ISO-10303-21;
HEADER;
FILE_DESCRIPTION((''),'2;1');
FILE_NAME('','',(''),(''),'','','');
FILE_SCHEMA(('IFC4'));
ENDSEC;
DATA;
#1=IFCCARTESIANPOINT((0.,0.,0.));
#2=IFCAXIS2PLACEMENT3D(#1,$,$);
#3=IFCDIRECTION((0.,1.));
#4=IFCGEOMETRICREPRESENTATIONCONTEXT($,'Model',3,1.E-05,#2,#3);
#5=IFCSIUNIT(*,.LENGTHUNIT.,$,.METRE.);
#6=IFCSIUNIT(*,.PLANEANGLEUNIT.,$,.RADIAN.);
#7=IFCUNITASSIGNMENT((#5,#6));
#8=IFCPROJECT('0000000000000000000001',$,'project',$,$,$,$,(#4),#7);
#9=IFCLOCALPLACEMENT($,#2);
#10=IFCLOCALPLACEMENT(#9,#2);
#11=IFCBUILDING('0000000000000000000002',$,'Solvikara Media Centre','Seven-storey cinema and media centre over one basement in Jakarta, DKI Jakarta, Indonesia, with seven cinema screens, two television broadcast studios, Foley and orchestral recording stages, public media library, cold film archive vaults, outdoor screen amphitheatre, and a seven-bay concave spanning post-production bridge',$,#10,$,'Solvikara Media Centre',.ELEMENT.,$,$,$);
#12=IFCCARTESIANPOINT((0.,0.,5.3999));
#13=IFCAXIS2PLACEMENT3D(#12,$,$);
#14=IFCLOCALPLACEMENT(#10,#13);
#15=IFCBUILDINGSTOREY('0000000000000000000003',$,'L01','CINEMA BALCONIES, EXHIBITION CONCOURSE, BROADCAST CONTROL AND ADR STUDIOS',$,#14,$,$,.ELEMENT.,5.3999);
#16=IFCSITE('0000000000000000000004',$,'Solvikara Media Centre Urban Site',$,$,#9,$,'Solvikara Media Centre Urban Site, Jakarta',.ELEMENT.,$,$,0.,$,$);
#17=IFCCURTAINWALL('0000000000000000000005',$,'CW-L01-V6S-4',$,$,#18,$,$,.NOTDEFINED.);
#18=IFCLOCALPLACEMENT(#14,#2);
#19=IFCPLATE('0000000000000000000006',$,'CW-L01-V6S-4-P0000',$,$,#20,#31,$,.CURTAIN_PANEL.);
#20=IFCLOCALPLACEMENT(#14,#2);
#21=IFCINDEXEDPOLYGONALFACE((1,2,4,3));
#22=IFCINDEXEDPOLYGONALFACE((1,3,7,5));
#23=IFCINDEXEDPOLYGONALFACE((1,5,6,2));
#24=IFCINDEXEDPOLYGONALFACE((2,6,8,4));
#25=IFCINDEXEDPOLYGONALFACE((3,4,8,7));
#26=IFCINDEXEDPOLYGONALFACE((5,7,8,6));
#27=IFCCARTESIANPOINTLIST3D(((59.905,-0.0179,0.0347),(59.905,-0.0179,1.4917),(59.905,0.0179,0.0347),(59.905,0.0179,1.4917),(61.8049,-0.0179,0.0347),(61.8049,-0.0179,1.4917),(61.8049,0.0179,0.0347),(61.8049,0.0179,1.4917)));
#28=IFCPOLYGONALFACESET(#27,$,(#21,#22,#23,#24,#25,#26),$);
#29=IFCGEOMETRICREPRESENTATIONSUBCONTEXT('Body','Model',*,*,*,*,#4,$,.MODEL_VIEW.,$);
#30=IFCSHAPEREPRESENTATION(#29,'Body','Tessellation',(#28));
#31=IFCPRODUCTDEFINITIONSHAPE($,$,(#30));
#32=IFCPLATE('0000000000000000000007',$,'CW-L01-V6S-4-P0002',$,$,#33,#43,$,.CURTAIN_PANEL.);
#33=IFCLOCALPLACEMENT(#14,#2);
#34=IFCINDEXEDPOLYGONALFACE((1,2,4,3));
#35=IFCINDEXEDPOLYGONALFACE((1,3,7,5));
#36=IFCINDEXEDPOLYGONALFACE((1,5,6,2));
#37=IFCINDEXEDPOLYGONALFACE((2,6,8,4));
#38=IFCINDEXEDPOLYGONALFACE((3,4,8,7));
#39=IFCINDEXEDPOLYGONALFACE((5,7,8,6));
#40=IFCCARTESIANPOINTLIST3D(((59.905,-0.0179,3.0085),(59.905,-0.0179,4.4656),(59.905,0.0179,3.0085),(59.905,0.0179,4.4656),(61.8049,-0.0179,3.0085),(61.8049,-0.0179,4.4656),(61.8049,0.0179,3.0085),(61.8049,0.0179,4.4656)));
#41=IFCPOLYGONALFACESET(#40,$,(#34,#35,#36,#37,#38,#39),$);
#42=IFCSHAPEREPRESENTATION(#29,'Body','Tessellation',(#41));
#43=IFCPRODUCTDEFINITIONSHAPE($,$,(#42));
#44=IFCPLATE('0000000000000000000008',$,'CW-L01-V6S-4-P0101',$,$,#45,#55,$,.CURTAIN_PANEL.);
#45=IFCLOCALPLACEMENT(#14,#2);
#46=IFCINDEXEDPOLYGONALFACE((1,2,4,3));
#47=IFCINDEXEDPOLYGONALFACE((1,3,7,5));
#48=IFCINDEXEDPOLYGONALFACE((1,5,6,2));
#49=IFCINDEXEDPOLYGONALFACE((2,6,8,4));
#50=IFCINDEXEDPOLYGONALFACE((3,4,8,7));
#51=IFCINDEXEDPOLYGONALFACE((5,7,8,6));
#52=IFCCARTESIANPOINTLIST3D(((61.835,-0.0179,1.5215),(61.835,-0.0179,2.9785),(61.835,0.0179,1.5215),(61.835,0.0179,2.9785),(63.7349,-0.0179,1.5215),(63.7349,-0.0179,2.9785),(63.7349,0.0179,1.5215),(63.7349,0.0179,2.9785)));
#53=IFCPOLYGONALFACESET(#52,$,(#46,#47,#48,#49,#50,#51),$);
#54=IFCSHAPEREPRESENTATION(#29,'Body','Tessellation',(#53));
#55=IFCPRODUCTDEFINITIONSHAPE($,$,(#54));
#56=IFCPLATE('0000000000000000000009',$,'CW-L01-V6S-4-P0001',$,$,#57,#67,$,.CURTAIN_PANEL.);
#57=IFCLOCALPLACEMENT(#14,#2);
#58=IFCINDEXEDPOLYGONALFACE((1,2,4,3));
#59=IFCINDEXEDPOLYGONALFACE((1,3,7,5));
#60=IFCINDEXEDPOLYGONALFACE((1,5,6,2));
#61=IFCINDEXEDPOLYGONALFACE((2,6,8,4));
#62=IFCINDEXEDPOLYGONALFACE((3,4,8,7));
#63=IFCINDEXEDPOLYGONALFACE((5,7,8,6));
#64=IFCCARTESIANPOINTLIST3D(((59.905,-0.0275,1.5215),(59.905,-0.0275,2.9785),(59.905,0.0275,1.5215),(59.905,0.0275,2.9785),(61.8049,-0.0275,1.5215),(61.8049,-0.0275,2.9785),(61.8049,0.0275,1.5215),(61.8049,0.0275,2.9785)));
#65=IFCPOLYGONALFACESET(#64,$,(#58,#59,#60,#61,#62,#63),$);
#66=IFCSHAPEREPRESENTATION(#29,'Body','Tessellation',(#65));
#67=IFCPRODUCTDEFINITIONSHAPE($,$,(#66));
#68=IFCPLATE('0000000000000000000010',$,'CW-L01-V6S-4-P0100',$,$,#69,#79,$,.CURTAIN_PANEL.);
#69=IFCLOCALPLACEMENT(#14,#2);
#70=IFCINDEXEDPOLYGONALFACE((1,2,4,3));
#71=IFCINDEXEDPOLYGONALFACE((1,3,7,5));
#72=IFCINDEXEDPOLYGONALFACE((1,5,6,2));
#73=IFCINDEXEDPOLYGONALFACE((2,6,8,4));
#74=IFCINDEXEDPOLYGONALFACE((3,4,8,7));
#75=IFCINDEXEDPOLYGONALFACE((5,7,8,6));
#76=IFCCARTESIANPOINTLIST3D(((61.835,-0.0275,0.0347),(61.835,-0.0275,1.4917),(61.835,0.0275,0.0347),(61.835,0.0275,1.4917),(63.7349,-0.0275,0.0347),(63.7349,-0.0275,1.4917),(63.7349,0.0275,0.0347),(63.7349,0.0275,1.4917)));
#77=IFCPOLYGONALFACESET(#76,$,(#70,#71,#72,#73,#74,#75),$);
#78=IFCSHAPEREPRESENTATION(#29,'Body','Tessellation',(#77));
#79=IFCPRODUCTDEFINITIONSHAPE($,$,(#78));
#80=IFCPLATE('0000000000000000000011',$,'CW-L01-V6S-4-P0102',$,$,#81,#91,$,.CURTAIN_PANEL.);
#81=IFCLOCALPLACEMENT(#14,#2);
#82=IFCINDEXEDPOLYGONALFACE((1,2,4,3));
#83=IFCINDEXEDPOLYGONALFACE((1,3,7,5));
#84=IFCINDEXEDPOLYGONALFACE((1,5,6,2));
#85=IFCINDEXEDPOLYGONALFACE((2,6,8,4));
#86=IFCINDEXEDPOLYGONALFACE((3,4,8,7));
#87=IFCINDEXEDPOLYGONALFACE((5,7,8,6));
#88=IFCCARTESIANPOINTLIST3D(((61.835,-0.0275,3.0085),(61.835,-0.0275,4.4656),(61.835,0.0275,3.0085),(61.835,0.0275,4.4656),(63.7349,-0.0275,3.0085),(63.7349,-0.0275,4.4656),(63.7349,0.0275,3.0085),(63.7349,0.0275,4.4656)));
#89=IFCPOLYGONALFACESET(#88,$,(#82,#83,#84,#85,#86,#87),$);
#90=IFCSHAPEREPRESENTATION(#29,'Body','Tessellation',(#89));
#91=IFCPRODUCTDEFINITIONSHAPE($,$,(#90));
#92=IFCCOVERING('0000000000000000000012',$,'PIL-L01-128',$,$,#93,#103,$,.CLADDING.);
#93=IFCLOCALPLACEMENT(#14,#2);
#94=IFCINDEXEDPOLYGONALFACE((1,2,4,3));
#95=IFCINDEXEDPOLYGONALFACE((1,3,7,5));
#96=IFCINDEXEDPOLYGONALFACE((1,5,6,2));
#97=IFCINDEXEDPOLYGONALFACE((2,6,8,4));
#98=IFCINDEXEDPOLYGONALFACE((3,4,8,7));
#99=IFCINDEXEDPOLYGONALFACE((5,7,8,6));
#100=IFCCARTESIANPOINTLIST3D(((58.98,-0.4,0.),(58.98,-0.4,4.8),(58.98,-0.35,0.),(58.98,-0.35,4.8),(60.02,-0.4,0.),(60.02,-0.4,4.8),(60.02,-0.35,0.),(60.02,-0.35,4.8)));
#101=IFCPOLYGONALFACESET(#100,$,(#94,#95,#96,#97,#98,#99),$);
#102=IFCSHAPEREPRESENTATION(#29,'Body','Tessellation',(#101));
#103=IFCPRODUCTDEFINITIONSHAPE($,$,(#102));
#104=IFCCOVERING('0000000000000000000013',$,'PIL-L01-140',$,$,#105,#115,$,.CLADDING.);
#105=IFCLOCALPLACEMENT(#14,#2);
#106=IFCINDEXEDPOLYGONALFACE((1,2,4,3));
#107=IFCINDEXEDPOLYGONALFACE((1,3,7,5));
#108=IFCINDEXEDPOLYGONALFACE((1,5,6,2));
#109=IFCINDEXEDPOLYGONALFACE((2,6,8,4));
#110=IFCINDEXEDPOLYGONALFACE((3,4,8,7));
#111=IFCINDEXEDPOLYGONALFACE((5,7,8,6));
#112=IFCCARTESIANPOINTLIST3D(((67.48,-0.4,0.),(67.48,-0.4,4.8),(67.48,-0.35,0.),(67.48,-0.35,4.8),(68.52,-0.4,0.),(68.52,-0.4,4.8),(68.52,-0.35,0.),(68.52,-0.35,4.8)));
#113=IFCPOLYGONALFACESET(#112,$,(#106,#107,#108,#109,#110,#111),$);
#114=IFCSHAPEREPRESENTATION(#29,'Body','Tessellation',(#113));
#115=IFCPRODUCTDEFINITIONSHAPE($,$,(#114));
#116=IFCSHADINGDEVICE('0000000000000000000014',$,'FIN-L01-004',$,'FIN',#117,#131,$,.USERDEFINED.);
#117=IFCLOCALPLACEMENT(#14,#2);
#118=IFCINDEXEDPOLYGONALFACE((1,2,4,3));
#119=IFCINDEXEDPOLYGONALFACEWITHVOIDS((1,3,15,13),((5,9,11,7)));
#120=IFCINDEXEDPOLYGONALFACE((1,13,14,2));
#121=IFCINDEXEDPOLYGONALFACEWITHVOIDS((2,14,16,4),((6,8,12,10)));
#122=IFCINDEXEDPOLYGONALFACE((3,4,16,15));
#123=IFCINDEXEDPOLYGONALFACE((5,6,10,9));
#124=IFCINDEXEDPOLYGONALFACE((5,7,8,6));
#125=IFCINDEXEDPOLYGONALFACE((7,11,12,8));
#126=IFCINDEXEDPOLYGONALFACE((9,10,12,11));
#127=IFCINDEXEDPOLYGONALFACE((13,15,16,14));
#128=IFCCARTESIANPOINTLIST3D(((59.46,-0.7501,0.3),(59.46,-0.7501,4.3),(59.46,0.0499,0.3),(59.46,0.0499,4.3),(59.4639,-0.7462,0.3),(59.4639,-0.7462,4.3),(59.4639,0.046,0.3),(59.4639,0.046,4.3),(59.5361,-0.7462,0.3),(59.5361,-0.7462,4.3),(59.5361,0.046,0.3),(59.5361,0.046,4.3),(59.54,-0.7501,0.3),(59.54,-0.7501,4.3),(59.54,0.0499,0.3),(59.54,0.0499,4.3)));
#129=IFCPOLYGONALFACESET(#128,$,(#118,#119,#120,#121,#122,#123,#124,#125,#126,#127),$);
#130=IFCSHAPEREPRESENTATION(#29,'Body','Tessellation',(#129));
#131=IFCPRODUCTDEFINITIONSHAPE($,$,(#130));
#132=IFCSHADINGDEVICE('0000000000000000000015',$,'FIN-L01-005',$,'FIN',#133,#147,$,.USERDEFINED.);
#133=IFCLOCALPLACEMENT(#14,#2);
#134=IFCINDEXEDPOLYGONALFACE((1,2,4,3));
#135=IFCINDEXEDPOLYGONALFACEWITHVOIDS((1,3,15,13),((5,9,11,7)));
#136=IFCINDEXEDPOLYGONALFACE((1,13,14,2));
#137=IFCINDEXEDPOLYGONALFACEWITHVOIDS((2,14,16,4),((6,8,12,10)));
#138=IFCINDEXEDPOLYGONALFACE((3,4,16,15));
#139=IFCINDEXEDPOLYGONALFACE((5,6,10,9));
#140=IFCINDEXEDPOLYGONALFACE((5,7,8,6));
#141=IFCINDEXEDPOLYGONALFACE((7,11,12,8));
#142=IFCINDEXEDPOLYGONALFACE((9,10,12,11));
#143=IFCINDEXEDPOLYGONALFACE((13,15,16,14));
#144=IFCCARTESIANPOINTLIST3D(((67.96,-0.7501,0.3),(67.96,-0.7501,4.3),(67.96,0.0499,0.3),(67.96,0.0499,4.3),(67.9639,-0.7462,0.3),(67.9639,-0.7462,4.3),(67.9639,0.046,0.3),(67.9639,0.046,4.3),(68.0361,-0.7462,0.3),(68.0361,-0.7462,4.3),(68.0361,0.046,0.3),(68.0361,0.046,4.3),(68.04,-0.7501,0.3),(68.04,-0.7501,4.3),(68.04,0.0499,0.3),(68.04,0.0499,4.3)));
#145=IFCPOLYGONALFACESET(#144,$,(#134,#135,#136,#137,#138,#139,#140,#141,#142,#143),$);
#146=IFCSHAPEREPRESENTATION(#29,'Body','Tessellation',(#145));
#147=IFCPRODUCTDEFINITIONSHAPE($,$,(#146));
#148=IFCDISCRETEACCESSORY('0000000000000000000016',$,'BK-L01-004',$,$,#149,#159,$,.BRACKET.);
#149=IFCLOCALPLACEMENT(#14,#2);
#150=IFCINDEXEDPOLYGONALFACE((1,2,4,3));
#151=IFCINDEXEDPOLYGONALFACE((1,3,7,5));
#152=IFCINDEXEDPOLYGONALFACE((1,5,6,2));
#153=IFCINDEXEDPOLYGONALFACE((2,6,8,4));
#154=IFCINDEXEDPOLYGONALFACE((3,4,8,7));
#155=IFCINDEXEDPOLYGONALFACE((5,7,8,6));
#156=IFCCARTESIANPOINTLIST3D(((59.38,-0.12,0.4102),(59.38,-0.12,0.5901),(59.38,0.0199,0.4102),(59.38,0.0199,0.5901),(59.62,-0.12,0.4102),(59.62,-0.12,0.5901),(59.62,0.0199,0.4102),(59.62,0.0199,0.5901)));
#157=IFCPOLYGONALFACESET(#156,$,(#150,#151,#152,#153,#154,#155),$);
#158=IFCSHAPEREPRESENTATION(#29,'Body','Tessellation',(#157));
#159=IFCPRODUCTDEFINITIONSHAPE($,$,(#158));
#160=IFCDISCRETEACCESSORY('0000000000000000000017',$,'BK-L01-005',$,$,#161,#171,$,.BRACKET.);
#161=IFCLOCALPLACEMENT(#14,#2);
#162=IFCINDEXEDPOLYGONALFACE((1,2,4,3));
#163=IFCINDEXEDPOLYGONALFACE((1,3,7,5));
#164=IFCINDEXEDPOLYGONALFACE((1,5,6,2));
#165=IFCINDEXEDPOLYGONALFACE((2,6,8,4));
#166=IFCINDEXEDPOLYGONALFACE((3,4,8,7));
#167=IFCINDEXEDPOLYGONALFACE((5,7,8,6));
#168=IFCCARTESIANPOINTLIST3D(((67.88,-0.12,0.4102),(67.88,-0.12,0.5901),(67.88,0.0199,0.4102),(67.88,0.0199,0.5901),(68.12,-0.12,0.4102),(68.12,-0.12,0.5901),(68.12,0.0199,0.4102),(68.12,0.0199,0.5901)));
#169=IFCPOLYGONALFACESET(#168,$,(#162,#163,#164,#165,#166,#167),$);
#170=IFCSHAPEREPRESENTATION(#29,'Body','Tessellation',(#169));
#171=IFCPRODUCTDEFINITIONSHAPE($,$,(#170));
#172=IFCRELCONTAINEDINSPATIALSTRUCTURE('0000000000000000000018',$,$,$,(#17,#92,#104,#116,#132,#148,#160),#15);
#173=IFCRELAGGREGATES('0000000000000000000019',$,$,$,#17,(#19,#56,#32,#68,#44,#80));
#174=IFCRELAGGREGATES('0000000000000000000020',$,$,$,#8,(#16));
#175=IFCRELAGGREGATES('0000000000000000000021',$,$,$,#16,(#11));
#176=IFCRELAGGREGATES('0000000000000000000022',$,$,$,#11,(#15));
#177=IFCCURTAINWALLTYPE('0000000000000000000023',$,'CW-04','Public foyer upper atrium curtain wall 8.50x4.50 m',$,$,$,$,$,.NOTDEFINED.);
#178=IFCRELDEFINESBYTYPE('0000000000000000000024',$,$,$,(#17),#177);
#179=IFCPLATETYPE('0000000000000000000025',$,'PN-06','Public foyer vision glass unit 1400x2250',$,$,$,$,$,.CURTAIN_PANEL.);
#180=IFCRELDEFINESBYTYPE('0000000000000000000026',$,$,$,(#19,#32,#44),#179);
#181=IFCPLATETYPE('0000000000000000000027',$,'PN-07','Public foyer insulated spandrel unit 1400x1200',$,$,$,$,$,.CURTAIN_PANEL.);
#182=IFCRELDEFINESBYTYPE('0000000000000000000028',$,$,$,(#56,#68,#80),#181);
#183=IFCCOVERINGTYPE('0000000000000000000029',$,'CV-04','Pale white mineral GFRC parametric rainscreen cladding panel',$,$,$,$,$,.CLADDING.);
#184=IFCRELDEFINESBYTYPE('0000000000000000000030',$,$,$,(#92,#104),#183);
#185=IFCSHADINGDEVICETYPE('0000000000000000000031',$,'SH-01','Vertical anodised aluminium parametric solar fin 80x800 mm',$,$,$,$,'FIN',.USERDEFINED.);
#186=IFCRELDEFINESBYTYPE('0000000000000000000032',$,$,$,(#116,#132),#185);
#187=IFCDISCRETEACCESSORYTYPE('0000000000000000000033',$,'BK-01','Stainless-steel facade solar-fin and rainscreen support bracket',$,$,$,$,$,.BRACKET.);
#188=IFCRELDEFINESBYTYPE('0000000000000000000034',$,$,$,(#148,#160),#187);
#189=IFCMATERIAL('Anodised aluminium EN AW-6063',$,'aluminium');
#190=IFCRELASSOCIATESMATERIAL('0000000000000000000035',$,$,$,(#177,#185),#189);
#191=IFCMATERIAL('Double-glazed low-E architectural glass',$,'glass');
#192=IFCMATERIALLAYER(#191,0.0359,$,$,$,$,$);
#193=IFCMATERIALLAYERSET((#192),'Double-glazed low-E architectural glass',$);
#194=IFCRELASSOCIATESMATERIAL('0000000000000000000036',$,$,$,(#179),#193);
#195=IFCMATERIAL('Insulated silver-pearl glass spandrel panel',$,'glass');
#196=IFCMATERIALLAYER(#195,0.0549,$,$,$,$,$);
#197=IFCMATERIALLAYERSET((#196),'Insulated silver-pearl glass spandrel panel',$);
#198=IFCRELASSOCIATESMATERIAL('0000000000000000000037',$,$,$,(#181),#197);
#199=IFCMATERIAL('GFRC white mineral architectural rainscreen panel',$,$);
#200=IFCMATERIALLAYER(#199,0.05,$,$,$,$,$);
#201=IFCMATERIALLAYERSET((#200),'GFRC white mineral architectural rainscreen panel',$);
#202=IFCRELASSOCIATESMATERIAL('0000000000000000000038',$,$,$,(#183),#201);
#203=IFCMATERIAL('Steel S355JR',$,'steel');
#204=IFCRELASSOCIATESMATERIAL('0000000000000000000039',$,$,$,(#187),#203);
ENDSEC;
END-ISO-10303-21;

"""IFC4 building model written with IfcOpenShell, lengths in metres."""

from ifc_helpers import new_model, si_unit, direction, frame, origin, origin_2d, place, context, subcontext, project, spatial, rectangle, hollow_rectangle, extrude, material, layer, layer_set, material_profile, profile_set, type_object, element, aggregate, save


model = new_model("IFC4")

# Units and contexts
model_context = context("Model", 3, precision=1e-05, world=origin(), true_north=direction((0.0, 1.0)))
body_context = subcontext(model_context, "Body", "Model", "MODEL_VIEW")
ifc_project = project(units=[si_unit("LENGTHUNIT", "METRE"), si_unit("PLANEANGLEUNIT", "RADIAN")], contexts=[model_context])

# Site, building, storey
site_placement = place(None, origin())
site = spatial("IfcSite", under=ifc_project, at=site_placement, Name="Solvikara Media Centre Urban Site", LongName="Solvikara Media Centre Urban Site, Jakarta", CompositionType="ELEMENT", RefElevation=0.0)
building_placement = place(site_placement, origin())
building = spatial("IfcBuilding", under=site, at=building_placement, Name="Solvikara Media Centre", Description="Seven-storey cinema and media centre over one basement in Jakarta, DKI Jakarta, Indonesia, with seven cinema screens, two television broadcast studios, Foley and orchestral recording stages, public media library, cold film archive vaults, outdoor screen amphitheatre, and a seven-bay concave spanning post-production bridge", LongName="Solvikara Media Centre", CompositionType="ELEMENT")
storey_placement = place(building_placement, frame((0.0, 0.0, 5.3999)))
storey = spatial("IfcBuildingStorey", under=building, at=storey_placement, Name="L01", Description="CINEMA BALCONIES, EXHIBITION CONCOURSE, BROADCAST CONTROL AND ADR STUDIOS", CompositionType="ELEMENT", Elevation=5.3999)

# Shared definitions
ifc_material_1 = material(Name="Steel S355JR", Category="steel")

# Shared definitions
ifc_material_2 = material(Name="Anodised aluminium EN AW-6063", Category="aluminium")
curtain_wall_type = type_object("IfcCurtainWallType", Name="CW-04", Description="Public foyer upper atrium curtain wall 8.50x4.50 m", PredefinedType="NOTDEFINED", material=ifc_material_2)

# Curtain wall, plates
curtain_wall_1_placement = place(storey_placement, origin())
curtain_wall_1 = element("IfcCurtainWall", 1, at=curtain_wall_1_placement, inside=storey, type_object=curtain_wall_type, Name="CW-L01-V6S-4", PredefinedType="NOTDEFINED")
ifc_material_3 = material(Name="Double-glazed low-E architectural glass", Category="glass")
ifc_layer_1 = layer(ifc_material_3, 0.0359)
ifc_layer_set_1 = layer_set([ifc_layer_1], Name="Double-glazed low-E architectural glass")
plate_type_1 = type_object("IfcPlateType", Name="PN-06", Description="Public foyer vision glass unit 1400x2250", PredefinedType="CURTAIN_PANEL", material=ifc_layer_set_1)
plate_1_placement = place(storey_placement, frame((60.855, 0.0, 0.0347), z_axis=(0.0, 0.0, 1.0), x_axis=(1.0, 0.0, 0.0)))
plate_1 = element("IfcPlate", 2, at=plate_1_placement, type_object=plate_type_1, Name="CW-L01-V6S-4-P0000", PredefinedType="CURTAIN_PANEL", context=body_context, shape_type="SweptSolid", body=[
    extrude(rectangle(XDim=1.8999, YDim=0.0359, at=origin_2d()), origin(), (0.0, 0.0, 1.0), 1.457),
])
plate_2_placement = place(storey_placement, frame((60.855, 0.0, 3.0085), z_axis=(0.0, 0.0, 1.0), x_axis=(1.0, 0.0, 0.0)))
plate_2 = element("IfcPlate", 3, at=plate_2_placement, type_object=plate_type_1, Name="CW-L01-V6S-4-P0002", PredefinedType="CURTAIN_PANEL", context=body_context, shape_type="SweptSolid", body=[
    extrude(rectangle(XDim=1.8999, YDim=0.0359, at=origin_2d()), origin(), (0.0, 0.0, 1.0), 1.457),
])
plate_3_placement = place(storey_placement, frame((62.7849, 0.0, 1.5215), z_axis=(0.0, 0.0, 1.0), x_axis=(1.0, 0.0, 0.0)))
plate_3 = element("IfcPlate", 4, at=plate_3_placement, type_object=plate_type_1, Name="CW-L01-V6S-4-P0101", PredefinedType="CURTAIN_PANEL", context=body_context, shape_type="SweptSolid", body=[
    extrude(rectangle(XDim=1.8999, YDim=0.0359, at=origin_2d()), origin(), (0.0, 0.0, 1.0), 1.457),
])
ifc_material_4 = material(Name="Insulated silver-pearl glass spandrel panel", Category="glass")
ifc_layer_2 = layer(ifc_material_4, 0.0549)
ifc_layer_set_2 = layer_set([ifc_layer_2], Name="Insulated silver-pearl glass spandrel panel")
plate_type_2 = type_object("IfcPlateType", Name="PN-07", Description="Public foyer insulated spandrel unit 1400x1200", PredefinedType="CURTAIN_PANEL", material=ifc_layer_set_2)
plate_4_placement = place(storey_placement, frame((60.855, 0.0, 1.5215), z_axis=(0.0, 0.0, 1.0), x_axis=(1.0, 0.0, 0.0)))
plate_4 = element("IfcPlate", 5, at=plate_4_placement, type_object=plate_type_2, Name="CW-L01-V6S-4-P0001", PredefinedType="CURTAIN_PANEL", context=body_context, shape_type="SweptSolid", body=[
    extrude(rectangle(XDim=1.8999, YDim=0.0549, at=origin_2d()), origin(), (0.0, 0.0, 1.0), 1.457),
])
plate_5_placement = place(storey_placement, frame((62.7849, 0.0, 0.0347), z_axis=(0.0, 0.0, 1.0), x_axis=(1.0, 0.0, 0.0)))
plate_5 = element("IfcPlate", 6, at=plate_5_placement, type_object=plate_type_2, Name="CW-L01-V6S-4-P0100", PredefinedType="CURTAIN_PANEL", context=body_context, shape_type="SweptSolid", body=[
    extrude(rectangle(XDim=1.8999, YDim=0.0549, at=origin_2d()), origin(), (0.0, 0.0, 1.0), 1.457),
])
plate_6_placement = place(storey_placement, frame((62.7849, 0.0, 3.0085), z_axis=(0.0, 0.0, 1.0), x_axis=(1.0, 0.0, 0.0)))
plate_6 = element("IfcPlate", 7, at=plate_6_placement, type_object=plate_type_2, Name="CW-L01-V6S-4-P0102", PredefinedType="CURTAIN_PANEL", context=body_context, shape_type="SweptSolid", body=[
    extrude(rectangle(XDim=1.8999, YDim=0.0549, at=origin_2d()), origin(), (0.0, 0.0, 1.0), 1.457),
])
aggregate(curtain_wall_1, [plate_1, plate_4, plate_2, plate_5, plate_3, plate_6])

# Coverings
ifc_material_5 = material(Name="GFRC white mineral architectural rainscreen panel")
ifc_layer_3 = layer(ifc_material_5, 0.05)
ifc_layer_set_3 = layer_set([ifc_layer_3], Name="GFRC white mineral architectural rainscreen panel")
covering_type = type_object("IfcCoveringType", Name="CV-04", Description="Pale white mineral GFRC parametric rainscreen cladding panel", PredefinedType="CLADDING", material=ifc_layer_set_3)
for number, where, z_axis, x_axis, name in (
    (8, (59.5, -0.375, 0.0), (0.0, 0.0, 1.0), (1.0, 0.0, 0.0), "PIL-L01-128"),
    (9, (68.0, -0.375, 0.0), (0.0, 0.0, 1.0), (1.0, 0.0, 0.0), "PIL-L01-140"),
):
    element("IfcCovering", number, at=place(storey_placement, frame(where, z_axis=z_axis, x_axis=x_axis)), inside=storey, type_object=covering_type, Name=name, PredefinedType="CLADDING", context=body_context, shape_type="SweptSolid", body=[
        extrude(rectangle(XDim=1.04, YDim=0.05, at=origin_2d()), origin(), (0.0, 0.0, 1.0), 4.8),
    ])

# Shading devices
ifc_material_profile_1 = material_profile(ifc_material_2, hollow_rectangle(XDim=0.0801, YDim=0.8, WallThickness=0.0039, at=origin_2d()), Name="ALU-FIN 80x800x4")
ifc_profile_set_1 = profile_set([ifc_material_profile_1], Name="Anodised aluminium EN AW-6063")
shading_device_type = type_object("IfcShadingDeviceType", Name="SH-01", Description="Vertical anodised aluminium parametric solar fin 80x800 mm", ElementType="FIN", PredefinedType="USERDEFINED", material=ifc_profile_set_1)
for number, where, z_axis, x_axis, name in (
    (10, (59.5, -0.3501, 0.3), (0.0, 0.0, 1.0), (1.0, 0.0, 0.0), "FIN-L01-004"),
    (11, (68.0, -0.3501, 0.3), (0.0, 0.0, 1.0), (1.0, 0.0, 0.0), "FIN-L01-005"),
):
    element("IfcShadingDevice", number, at=place(storey_placement, frame(where, z_axis=z_axis, x_axis=x_axis)), inside=storey, type_object=shading_device_type, Name=name, ObjectType="FIN", PredefinedType="USERDEFINED", context=body_context, shape_type="SweptSolid", body=[
        extrude(hollow_rectangle(XDim=0.0801, YDim=0.8, WallThickness=0.0039, at=origin_2d()), origin(), (0.0, 0.0, 1.0), 4.0),
    ])

# Discrete accessories
discrete_accessory_type = type_object("IfcDiscreteAccessoryType", Name="BK-01", Description="Stainless-steel facade solar-fin and rainscreen support bracket", PredefinedType="BRACKET", material=ifc_material_1)
for number, where, z_axis, x_axis, name in (
    (12, (59.5, -0.05, 0.4102), (0.0, 0.0, 1.0), (1.0, 0.0, 0.0), "BK-L01-004"),
    (13, (68.0, -0.05, 0.4102), (0.0, 0.0, 1.0), (1.0, 0.0, 0.0), "BK-L01-005"),
):
    element("IfcDiscreteAccessory", number, at=place(storey_placement, frame(where, z_axis=z_axis, x_axis=x_axis)), inside=storey, type_object=discrete_accessory_type, Name=name, PredefinedType="BRACKET", context=body_context, shape_type="SweptSolid", body=[
        extrude(rectangle(XDim=0.24, YDim=0.1399, at=origin_2d()), origin(), (0.0, 0.0, 1.0), 0.1799),
    ])

save(model, "model.ifc")
